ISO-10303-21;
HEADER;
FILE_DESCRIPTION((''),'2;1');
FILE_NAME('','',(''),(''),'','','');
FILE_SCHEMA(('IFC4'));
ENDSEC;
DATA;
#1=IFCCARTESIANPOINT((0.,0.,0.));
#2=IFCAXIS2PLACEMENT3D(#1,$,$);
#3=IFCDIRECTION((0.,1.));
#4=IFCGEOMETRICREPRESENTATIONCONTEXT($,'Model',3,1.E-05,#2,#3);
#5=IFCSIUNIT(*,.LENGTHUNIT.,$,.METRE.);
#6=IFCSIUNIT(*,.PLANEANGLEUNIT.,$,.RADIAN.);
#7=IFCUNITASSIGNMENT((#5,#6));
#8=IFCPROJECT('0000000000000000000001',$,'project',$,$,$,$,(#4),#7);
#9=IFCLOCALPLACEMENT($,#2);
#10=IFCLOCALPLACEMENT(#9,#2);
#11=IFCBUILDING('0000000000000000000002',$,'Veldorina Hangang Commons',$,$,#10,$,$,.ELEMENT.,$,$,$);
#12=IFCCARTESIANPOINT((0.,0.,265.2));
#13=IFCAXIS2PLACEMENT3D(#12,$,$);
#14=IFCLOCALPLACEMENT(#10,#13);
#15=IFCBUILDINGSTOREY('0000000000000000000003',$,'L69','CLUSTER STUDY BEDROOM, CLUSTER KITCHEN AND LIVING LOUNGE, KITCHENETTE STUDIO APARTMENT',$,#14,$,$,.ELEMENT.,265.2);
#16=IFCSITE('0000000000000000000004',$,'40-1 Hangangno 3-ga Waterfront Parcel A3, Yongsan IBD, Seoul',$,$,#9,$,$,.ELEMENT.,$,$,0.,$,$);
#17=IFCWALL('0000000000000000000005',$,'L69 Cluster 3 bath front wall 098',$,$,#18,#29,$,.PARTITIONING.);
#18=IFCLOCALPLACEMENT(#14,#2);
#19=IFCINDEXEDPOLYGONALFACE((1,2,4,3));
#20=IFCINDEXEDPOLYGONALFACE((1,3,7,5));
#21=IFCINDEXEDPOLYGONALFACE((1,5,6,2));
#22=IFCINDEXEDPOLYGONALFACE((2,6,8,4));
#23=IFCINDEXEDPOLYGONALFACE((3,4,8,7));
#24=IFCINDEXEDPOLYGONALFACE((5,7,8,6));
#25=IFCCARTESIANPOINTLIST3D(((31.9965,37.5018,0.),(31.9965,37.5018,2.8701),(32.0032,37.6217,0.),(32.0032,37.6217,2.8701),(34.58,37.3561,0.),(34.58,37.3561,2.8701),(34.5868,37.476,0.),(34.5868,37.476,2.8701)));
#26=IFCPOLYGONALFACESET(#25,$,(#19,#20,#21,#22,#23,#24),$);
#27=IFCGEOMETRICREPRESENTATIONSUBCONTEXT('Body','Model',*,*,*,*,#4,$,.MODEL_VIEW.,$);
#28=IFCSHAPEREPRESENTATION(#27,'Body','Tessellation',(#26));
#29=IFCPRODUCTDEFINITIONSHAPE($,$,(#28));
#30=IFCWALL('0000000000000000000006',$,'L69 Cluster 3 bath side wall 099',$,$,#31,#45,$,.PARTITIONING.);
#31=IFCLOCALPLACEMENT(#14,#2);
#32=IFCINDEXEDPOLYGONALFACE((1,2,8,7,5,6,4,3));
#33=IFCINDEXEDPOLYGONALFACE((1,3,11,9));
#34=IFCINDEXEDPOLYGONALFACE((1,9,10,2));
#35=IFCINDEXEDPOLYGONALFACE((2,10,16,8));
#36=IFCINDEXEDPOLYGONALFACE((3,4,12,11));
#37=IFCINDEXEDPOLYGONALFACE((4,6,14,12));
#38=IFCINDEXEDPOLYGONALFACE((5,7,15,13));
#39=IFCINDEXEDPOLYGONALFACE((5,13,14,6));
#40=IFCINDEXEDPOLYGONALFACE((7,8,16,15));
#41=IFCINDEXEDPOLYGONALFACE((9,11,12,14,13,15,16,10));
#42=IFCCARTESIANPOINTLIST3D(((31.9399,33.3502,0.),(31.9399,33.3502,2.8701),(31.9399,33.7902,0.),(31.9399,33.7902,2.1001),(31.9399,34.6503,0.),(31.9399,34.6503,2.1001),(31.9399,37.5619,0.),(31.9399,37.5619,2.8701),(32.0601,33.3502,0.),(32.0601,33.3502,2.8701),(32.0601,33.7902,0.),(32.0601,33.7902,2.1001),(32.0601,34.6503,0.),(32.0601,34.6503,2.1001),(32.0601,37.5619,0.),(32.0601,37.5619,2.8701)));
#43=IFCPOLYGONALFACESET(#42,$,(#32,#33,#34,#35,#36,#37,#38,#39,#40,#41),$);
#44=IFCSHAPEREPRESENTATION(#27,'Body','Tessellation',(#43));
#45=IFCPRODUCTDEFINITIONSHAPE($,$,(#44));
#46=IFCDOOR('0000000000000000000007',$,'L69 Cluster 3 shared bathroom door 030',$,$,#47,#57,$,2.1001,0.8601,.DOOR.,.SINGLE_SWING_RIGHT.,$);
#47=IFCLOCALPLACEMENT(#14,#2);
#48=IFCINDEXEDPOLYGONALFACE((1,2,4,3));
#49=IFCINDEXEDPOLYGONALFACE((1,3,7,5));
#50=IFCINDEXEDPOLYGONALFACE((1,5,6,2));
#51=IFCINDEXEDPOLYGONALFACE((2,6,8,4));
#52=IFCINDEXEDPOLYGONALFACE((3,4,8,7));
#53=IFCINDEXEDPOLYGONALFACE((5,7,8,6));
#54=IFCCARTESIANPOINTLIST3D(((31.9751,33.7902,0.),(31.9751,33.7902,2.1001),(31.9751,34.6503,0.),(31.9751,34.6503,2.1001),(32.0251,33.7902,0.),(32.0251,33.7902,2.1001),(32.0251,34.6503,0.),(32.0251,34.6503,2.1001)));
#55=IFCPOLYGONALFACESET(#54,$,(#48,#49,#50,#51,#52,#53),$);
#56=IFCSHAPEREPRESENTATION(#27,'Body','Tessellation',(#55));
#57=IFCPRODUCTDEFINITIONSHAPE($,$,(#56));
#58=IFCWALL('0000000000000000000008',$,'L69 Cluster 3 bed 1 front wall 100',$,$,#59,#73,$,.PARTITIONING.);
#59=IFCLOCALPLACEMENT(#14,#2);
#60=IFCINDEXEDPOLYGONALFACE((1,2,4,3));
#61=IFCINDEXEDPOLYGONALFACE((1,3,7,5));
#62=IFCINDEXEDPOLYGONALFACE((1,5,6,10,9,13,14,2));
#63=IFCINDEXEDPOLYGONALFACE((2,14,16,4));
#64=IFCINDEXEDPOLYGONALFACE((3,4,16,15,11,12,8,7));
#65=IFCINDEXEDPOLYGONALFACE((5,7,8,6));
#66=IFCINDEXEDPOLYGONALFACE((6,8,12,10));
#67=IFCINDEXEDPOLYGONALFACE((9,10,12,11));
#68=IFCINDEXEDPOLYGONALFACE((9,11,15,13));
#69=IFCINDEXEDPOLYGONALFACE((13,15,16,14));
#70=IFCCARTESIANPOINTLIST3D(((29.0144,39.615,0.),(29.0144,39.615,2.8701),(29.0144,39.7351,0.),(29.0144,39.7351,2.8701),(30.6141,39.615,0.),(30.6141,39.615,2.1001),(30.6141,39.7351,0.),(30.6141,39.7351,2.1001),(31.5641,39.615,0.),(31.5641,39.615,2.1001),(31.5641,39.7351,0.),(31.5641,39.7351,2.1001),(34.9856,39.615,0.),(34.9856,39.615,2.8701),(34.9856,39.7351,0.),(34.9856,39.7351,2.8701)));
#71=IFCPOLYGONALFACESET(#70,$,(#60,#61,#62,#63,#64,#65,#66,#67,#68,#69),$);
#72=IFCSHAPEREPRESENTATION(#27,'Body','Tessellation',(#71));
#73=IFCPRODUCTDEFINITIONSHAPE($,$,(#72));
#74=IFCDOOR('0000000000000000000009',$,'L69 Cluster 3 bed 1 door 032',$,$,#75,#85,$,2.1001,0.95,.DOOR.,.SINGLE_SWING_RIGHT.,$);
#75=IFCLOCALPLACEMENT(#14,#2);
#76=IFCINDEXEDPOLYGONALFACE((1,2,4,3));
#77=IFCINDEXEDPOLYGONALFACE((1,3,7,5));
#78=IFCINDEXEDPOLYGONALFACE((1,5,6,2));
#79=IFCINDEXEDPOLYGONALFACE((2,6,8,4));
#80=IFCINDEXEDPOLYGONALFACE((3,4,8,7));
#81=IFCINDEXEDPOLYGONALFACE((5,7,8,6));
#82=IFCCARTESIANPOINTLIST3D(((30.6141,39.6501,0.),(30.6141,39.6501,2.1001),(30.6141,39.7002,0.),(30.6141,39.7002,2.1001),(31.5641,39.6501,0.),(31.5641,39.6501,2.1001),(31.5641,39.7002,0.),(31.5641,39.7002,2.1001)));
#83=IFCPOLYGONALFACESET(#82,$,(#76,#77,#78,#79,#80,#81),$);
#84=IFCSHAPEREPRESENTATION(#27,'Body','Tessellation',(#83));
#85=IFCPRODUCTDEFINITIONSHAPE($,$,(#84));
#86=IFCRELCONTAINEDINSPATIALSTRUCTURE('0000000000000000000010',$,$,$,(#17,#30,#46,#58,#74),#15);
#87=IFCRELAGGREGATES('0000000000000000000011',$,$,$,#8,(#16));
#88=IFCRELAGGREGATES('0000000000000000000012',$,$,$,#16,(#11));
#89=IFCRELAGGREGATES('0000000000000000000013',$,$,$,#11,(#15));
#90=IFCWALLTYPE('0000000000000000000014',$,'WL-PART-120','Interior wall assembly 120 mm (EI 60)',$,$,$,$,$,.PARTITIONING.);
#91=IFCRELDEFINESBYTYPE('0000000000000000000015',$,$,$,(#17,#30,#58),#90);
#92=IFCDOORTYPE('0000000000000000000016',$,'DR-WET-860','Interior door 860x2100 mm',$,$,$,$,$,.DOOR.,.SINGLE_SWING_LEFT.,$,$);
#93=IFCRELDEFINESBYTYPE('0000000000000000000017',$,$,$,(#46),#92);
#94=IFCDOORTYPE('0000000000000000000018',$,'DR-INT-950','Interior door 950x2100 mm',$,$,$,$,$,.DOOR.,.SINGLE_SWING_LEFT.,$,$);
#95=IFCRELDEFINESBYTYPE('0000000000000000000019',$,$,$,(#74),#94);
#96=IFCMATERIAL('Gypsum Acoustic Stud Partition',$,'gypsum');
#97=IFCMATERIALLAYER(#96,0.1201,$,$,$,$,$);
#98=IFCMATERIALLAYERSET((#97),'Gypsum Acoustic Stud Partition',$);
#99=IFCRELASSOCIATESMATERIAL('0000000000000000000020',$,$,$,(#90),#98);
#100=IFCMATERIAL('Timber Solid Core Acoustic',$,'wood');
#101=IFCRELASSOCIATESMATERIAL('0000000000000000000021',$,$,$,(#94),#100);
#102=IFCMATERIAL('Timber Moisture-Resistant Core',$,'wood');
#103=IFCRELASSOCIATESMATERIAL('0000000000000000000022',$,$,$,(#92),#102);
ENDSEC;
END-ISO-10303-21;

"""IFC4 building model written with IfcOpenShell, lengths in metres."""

from ifc_helpers import new_model, si_unit, direction, frame, frame_2d, origin, place, context, subcontext, project, spatial, rectangle, extrude, material, layer, layer_set, type_object, element, fill, save


model = new_model("IFC4")

# Units and contexts
model_context = context("Model", 3, precision=1e-05, world=origin(), true_north=direction((0.0, 1.0)))
body_context = subcontext(model_context, "Body", "Model", "MODEL_VIEW")
ifc_project = project(units=[si_unit("LENGTHUNIT", "METRE"), si_unit("PLANEANGLEUNIT", "RADIAN")], contexts=[model_context])

# Site, building, storey
site_placement = place(None, origin())
site = spatial("IfcSite", under=ifc_project, at=site_placement, Name="40-1 Hangangno 3-ga Waterfront Parcel A3, Yongsan IBD, Seoul", CompositionType="ELEMENT", RefElevation=0.0)
building_placement = place(site_placement, origin())
building = spatial("IfcBuilding", under=site, at=building_placement, Name="Veldorina Hangang Commons", CompositionType="ELEMENT")
storey_placement = place(building_placement, frame((0.0, 0.0, 265.2)))
storey = spatial("IfcBuildingStorey", under=building, at=storey_placement, Name="L69", Description="CLUSTER STUDY BEDROOM, CLUSTER KITCHEN AND LIVING LOUNGE, KITCHENETTE STUDIO APARTMENT", CompositionType="ELEMENT", Elevation=265.2)

# Shared definitions
ifc_material_1 = material(Name="Gypsum Acoustic Stud Partition", Category="gypsum")
ifc_layer_1 = layer(ifc_material_1, 0.1201)
ifc_layer_set_1 = layer_set([ifc_layer_1], Name="Gypsum Acoustic Stud Partition")
wall_type_1 = type_object("IfcWallType", Name="WL-PART-120", Description="Interior wall assembly 120 mm (EI 60)", PredefinedType="PARTITIONING", material=ifc_layer_set_1)
ifc_material_2 = material(Name="Timber Solid Core Acoustic", Category="wood")
door_type_1 = type_object("IfcDoorType", Name="DR-INT-950", Description="Interior door 950x2100 mm", OperationType="SINGLE_SWING_LEFT", PredefinedType="DOOR", material=ifc_material_2)

# Wall
wall_1_placement = place(storey_placement, frame((34.5835, 37.416, 0.0), z_axis=(0.0, 0.0, 1.0), x_axis=(-0.998412, 0.056327, 0.0)))
element("IfcWall", 1, at=wall_1_placement, inside=storey, type_object=wall_type_1, Name="L69 Cluster 3 bath front wall 098", PredefinedType="PARTITIONING", context=body_context, shape_type="SweptSolid", body=[
    extrude(rectangle(XDim=2.5876, YDim=0.1201, at=frame_2d((1.2939, 0.0))), origin(), (0.0, 0.0, 1.0), 2.8701),
])

# Walls, openings, doors
wall_2_placement = place(storey_placement, frame((32.0, 33.3501, 0.0), z_axis=(0.0, 0.0, 1.0), x_axis=(0.0, 1.0, 0.0)))
wall_2 = element("IfcWall", 2, at=wall_2_placement, inside=storey, type_object=wall_type_1, Name="L69 Cluster 3 bath side wall 099", PredefinedType="PARTITIONING", context=body_context, shape_type="SweptSolid", body=[
    extrude(rectangle(XDim=4.2117, YDim=0.1201, at=frame_2d((2.106, 0.0))), origin(), (0.0, 0.0, 1.0), 2.8701),
])
opening_1_placement = place(wall_2_placement, frame((0.4399, 0.0, 0.0)))
opening_1 = element("IfcOpeningElement", 3, at=opening_1_placement, cuts=wall_2, PredefinedType="OPENING", context=body_context, shape_type="SweptSolid", body=[
    extrude(rectangle(XDim=0.8601, YDim=2.1001, at=frame_2d((0.4302, 1.05))), frame((0.0, 0.0701, 0.0), z_axis=(0.0, -1.0, 0.0), x_axis=(1.0, 0.0, 0.0)), (0.0, 0.0, 1.0), 0.1401),
])
ifc_material_3 = material(Name="Timber Moisture-Resistant Core", Category="wood")
door_type_2 = type_object("IfcDoorType", Name="DR-WET-860", Description="Interior door 860x2100 mm", OperationType="SINGLE_SWING_LEFT", PredefinedType="DOOR", material=ifc_material_3)
door_1_placement = place(opening_1_placement, origin())
door_1 = element("IfcDoor", 4, at=door_1_placement, inside=storey, type_object=door_type_2, Name="L69 Cluster 3 shared bathroom door 030", OperationType="SINGLE_SWING_RIGHT", OverallHeight=2.1001, OverallWidth=0.8601, PredefinedType="DOOR", context=body_context, shape_type="SweptSolid", body=[
    extrude(rectangle(XDim=0.8601, YDim=2.1001, at=frame_2d((0.4302, 1.05))), frame((0.0, 0.0249, 0.0), z_axis=(0.0, -1.0, 0.0), x_axis=(1.0, 0.0, 0.0)), (0.0, 0.0, 1.0), 0.05),
])
fill(opening_1, door_1)
wall_3_placement = place(storey_placement, frame((34.9856, 39.675, 0.0), z_axis=(0.0, 0.0, 1.0), x_axis=(-1.0, 0.0, 0.0)))
wall_3 = element("IfcWall", 5, at=wall_3_placement, inside=storey, type_object=wall_type_1, Name="L69 Cluster 3 bed 1 front wall 100", PredefinedType="PARTITIONING", context=body_context, shape_type="SweptSolid", body=[
    extrude(rectangle(XDim=5.9712, YDim=0.1201, at=frame_2d((2.9856, 0.0))), origin(), (0.0, 0.0, 1.0), 2.8701),
])
opening_2_placement = place(wall_3_placement, frame((3.4214, 0.0, 0.0)))
opening_2 = element("IfcOpeningElement", 6, at=opening_2_placement, cuts=wall_3, PredefinedType="OPENING", context=body_context, shape_type="SweptSolid", body=[
    extrude(rectangle(XDim=0.95, YDim=2.1001, at=frame_2d((0.4751, 1.05))), frame((0.0, 0.0701, 0.0), z_axis=(0.0, -1.0, 0.0), x_axis=(1.0, 0.0, 0.0)), (0.0, 0.0, 1.0), 0.1401),
])
door_2_placement = place(opening_2_placement, origin())
door_2 = element("IfcDoor", 7, at=door_2_placement, inside=storey, type_object=door_type_1, Name="L69 Cluster 3 bed 1 door 032", OperationType="SINGLE_SWING_RIGHT", OverallHeight=2.1001, OverallWidth=0.95, PredefinedType="DOOR", context=body_context, shape_type="SweptSolid", body=[
    extrude(rectangle(XDim=0.95, YDim=2.1001, at=frame_2d((0.4751, 1.05))), frame((0.0, 0.0249, 0.0), z_axis=(0.0, -1.0, 0.0), x_axis=(1.0, 0.0, 0.0)), (0.0, 0.0, 1.0), 0.05),
])
fill(opening_2, door_2)

save(model, "model.ifc")
